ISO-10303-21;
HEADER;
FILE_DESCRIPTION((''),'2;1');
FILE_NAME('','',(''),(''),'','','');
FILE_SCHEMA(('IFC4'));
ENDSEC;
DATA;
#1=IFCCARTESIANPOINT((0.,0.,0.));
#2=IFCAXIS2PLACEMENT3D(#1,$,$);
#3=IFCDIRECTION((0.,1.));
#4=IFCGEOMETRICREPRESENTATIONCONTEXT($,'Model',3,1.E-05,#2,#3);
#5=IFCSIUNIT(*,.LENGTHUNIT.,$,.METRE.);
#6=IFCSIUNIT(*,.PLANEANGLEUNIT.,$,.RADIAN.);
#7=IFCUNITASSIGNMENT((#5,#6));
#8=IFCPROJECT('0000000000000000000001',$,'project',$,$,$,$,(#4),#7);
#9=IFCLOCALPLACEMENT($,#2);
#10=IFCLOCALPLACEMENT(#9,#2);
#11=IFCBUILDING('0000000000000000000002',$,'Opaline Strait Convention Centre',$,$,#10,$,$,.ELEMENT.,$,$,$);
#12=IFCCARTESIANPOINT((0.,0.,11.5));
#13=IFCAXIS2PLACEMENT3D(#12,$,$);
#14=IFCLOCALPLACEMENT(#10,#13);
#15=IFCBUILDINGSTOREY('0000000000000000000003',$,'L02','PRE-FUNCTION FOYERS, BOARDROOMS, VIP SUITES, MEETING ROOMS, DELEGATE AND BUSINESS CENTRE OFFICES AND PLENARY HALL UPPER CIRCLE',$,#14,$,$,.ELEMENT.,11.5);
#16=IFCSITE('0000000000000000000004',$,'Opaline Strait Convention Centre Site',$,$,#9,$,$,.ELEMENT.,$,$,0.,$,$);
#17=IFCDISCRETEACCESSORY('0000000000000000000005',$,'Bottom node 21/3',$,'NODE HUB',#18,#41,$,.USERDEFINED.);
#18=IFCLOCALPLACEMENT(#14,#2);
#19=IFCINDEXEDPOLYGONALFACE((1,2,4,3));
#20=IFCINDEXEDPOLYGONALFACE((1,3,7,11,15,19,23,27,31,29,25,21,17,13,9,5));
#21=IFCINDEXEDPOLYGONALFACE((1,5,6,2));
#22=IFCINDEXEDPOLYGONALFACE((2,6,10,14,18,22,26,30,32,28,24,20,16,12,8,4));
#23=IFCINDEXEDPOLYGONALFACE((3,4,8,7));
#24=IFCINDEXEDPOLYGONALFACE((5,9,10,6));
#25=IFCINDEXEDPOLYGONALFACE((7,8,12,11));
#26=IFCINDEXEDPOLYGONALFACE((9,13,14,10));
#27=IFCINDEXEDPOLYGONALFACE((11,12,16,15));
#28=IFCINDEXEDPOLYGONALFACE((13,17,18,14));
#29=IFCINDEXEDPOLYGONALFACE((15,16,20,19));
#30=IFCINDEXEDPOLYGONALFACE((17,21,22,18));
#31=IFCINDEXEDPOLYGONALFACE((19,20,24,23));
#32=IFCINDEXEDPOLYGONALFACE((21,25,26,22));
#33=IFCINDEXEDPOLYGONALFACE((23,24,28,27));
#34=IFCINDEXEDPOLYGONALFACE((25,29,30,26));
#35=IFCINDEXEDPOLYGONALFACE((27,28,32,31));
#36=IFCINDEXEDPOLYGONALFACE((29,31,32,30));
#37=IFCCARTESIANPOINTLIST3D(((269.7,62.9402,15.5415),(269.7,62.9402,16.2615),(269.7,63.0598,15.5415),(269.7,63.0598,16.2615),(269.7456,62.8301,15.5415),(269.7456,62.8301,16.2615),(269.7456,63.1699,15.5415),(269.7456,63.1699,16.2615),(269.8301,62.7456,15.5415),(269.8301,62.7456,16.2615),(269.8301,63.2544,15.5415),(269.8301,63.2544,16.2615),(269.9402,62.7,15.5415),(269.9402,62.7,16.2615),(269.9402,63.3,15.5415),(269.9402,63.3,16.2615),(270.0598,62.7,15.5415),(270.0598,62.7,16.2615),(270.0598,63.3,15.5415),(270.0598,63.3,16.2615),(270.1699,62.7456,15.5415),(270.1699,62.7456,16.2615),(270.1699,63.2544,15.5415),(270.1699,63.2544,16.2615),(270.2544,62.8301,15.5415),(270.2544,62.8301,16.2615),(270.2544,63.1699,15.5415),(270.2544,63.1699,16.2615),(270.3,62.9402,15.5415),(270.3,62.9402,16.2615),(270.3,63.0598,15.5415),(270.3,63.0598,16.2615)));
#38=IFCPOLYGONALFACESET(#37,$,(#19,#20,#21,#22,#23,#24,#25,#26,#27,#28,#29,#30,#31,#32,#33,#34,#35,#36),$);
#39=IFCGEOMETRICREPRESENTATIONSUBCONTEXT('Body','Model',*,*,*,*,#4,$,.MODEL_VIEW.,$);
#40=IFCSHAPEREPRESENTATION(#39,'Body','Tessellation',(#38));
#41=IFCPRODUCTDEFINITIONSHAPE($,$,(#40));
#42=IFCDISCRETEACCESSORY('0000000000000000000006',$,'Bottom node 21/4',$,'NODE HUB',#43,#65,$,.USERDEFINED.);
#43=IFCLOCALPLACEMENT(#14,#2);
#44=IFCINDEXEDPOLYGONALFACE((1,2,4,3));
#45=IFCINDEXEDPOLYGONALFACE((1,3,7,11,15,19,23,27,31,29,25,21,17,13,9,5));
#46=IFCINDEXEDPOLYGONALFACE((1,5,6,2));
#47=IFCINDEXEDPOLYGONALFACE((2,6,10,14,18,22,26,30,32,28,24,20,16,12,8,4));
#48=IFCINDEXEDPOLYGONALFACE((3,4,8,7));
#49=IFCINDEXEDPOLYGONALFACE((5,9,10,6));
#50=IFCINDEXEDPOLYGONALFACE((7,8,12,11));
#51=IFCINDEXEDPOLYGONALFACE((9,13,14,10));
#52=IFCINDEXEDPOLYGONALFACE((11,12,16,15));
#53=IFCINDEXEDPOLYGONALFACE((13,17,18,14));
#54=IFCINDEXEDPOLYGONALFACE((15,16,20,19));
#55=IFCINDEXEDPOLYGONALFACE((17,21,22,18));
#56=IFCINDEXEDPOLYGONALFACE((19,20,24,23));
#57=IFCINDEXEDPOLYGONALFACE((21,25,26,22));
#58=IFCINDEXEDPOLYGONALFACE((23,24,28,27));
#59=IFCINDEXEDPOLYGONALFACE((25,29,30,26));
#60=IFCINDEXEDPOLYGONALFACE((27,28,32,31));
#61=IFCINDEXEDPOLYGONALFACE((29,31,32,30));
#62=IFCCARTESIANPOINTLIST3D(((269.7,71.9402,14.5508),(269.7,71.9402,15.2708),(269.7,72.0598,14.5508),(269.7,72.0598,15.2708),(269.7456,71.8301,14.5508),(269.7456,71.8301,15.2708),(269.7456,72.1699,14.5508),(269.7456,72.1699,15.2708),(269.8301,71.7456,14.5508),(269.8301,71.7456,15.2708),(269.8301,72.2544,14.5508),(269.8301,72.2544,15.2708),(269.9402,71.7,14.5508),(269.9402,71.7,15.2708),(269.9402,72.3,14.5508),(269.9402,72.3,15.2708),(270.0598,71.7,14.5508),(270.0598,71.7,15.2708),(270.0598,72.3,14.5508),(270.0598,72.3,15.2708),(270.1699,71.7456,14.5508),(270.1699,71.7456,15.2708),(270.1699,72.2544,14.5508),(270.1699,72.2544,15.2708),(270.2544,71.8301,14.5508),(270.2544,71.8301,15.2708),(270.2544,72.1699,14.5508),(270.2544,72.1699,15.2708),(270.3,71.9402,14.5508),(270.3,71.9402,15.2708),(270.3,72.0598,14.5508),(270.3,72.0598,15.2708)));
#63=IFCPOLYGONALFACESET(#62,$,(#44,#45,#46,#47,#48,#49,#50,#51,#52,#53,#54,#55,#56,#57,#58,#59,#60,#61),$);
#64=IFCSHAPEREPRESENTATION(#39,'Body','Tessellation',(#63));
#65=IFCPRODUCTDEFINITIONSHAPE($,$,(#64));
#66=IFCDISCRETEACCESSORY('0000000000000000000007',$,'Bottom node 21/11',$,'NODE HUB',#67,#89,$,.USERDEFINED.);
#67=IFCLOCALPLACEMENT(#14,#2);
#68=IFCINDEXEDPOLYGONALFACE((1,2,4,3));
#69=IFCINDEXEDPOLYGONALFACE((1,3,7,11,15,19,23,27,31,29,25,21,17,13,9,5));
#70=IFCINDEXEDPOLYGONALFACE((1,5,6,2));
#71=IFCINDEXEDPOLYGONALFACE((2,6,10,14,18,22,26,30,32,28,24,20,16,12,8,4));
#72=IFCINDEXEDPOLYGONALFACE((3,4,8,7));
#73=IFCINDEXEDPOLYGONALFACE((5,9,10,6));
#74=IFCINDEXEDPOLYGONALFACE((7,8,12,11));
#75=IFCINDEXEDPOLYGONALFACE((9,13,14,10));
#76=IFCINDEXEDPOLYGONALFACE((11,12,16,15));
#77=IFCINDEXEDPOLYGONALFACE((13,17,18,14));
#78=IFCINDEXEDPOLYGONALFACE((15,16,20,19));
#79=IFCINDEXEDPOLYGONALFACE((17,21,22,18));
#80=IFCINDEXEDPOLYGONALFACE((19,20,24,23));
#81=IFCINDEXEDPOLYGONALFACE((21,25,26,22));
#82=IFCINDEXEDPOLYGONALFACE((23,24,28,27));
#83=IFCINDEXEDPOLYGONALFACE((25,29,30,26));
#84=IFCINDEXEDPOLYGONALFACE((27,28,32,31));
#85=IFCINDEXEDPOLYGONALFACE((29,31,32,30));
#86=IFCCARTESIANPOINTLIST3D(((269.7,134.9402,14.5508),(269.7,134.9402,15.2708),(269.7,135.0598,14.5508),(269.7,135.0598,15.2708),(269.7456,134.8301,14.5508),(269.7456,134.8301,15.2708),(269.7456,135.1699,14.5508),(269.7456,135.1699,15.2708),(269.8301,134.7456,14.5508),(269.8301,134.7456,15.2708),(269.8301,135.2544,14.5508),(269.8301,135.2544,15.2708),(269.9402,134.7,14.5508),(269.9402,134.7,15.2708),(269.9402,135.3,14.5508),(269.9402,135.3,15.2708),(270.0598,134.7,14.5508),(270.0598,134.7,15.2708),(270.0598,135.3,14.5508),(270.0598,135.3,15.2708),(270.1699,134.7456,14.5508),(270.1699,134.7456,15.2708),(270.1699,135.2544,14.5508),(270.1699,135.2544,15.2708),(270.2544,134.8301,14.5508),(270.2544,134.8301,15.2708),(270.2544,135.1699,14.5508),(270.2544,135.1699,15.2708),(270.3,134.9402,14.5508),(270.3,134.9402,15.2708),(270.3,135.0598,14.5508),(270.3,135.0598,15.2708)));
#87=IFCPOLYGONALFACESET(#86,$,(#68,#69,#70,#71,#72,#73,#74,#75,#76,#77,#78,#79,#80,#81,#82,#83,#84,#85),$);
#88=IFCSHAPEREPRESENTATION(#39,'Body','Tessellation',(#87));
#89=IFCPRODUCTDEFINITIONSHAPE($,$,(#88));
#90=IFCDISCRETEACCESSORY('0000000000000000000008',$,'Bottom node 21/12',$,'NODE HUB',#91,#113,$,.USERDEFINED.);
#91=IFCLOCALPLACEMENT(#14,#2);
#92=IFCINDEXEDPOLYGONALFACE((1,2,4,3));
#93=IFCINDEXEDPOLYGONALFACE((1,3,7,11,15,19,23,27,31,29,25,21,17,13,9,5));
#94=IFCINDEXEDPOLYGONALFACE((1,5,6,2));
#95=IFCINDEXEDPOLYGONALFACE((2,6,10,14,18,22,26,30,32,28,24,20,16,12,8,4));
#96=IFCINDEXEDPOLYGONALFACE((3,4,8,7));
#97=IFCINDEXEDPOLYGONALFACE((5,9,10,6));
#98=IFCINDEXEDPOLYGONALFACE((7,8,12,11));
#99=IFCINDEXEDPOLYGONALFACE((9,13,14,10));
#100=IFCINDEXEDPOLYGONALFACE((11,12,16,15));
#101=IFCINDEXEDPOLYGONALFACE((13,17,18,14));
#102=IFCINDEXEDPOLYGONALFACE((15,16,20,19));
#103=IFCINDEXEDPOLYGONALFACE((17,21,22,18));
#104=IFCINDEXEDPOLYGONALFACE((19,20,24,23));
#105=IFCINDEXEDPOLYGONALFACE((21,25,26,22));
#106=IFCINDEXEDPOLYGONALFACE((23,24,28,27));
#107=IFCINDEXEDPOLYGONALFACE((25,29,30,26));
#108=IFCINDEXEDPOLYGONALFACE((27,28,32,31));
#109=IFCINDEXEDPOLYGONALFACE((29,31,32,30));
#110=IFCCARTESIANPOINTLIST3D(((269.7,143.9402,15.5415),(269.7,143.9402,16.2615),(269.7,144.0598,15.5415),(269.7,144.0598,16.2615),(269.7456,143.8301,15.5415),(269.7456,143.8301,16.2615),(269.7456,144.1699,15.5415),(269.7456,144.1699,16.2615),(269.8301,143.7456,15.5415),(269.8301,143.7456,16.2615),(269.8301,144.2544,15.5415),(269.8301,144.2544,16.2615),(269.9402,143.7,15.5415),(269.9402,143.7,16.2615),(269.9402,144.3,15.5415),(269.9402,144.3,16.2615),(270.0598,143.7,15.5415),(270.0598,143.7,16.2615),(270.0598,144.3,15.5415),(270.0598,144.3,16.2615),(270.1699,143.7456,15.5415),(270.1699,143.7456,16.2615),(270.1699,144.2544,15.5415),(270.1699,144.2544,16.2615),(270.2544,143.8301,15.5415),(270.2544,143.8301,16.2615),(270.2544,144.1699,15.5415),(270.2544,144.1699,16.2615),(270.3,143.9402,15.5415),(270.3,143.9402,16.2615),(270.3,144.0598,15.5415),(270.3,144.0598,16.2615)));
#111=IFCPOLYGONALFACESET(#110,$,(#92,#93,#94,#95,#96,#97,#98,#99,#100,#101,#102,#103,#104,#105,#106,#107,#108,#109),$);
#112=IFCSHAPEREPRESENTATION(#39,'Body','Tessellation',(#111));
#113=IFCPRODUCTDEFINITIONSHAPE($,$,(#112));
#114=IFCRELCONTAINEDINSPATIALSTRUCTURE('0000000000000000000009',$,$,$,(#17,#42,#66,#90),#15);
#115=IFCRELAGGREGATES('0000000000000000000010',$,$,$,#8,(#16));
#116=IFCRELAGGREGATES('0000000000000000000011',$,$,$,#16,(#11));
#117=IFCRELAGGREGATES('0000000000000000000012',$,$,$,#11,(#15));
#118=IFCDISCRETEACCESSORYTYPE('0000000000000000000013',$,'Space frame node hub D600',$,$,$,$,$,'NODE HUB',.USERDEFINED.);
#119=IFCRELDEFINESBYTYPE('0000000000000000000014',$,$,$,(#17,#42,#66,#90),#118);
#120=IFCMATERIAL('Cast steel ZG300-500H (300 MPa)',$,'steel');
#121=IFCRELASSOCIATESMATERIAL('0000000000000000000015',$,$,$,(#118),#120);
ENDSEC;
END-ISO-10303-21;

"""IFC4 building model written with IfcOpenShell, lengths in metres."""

from ifc_helpers import new_model, si_unit, direction, frame, origin, place, context, subcontext, project, spatial, polyline, outline, extrude, material, type_object, element, save


model = new_model("IFC4")

# Units and contexts
model_context = context("Model", 3, precision=1e-05, world=origin(), true_north=direction((0.0, 1.0)))
body_context = subcontext(model_context, "Body", "Model", "MODEL_VIEW")
ifc_project = project(units=[si_unit("LENGTHUNIT", "METRE"), si_unit("PLANEANGLEUNIT", "RADIAN")], contexts=[model_context])

# Site, building, storey
site_placement = place(None, origin())
site = spatial("IfcSite", under=ifc_project, at=site_placement, Name="Opaline Strait Convention Centre Site", CompositionType="ELEMENT", RefElevation=0.0)
building_placement = place(site_placement, origin())
building = spatial("IfcBuilding", under=site, at=building_placement, Name="Opaline Strait Convention Centre", CompositionType="ELEMENT")
storey_placement = place(building_placement, frame((0.0, 0.0, 11.5)))
storey = spatial("IfcBuildingStorey", under=building, at=storey_placement, Name="L02", Description="PRE-FUNCTION FOYERS, BOARDROOMS, VIP SUITES, MEETING ROOMS, DELEGATE AND BUSINESS CENTRE OFFICES AND PLENARY HALL UPPER CIRCLE", CompositionType="ELEMENT", Elevation=11.5)

# Discrete accessories
ifc_material = material(Name="Cast steel ZG300-500H (300 MPa)", Category="steel")
discrete_accessory_type_1 = type_object("IfcDiscreteAccessoryType", Name="Space frame node hub D600", ElementType="NODE HUB", PredefinedType="USERDEFINED", material=ifc_material)
discrete_accessory_1_placement = place(storey_placement, frame((0.0, 0.0, 15.5415)))
element("IfcDiscreteAccessory", 1, at=discrete_accessory_1_placement, inside=storey, type_object=discrete_accessory_type_1, Name="Bottom node 21/3", ObjectType="NODE HUB", PredefinedType="USERDEFINED", context=body_context, shape_type="SweptSolid", body=[
    extrude(outline(polyline([(270.3, 63.0598), (270.2544, 63.1699), (270.1699, 63.2544), (270.0598, 63.3), (269.9402, 63.3), (269.8301, 63.2544), (269.7456, 63.1699), (269.7, 63.0598), (269.7, 62.9402), (269.7456, 62.8301), (269.8301, 62.7456), (269.9402, 62.7), (270.0598, 62.7), (270.1699, 62.7456), (270.2544, 62.8301), (270.3, 62.9402), (270.3, 63.0598)])), origin(), (0.0, 0.0, 1.0), 0.72),
])
discrete_accessory_2_placement = place(storey_placement, frame((0.0, 0.0, 14.5508)))
element("IfcDiscreteAccessory", 2, at=discrete_accessory_2_placement, inside=storey, type_object=discrete_accessory_type_1, Name="Bottom node 21/4", ObjectType="NODE HUB", PredefinedType="USERDEFINED", context=body_context, shape_type="SweptSolid", body=[
    extrude(outline(polyline([(270.3, 72.0598), (270.2544, 72.1699), (270.1699, 72.2544), (270.0598, 72.3), (269.9402, 72.3), (269.8301, 72.2544), (269.7456, 72.1699), (269.7, 72.0598), (269.7, 71.9402), (269.7456, 71.8301), (269.8301, 71.7456), (269.9402, 71.7), (270.0598, 71.7), (270.1699, 71.7456), (270.2544, 71.8301), (270.3, 71.9402), (270.3, 72.0598)])), origin(), (0.0, 0.0, 1.0), 0.72),
])
discrete_accessory_3_placement = place(storey_placement, frame((0.0, 0.0, 14.5508)))
element("IfcDiscreteAccessory", 3, at=discrete_accessory_3_placement, inside=storey, type_object=discrete_accessory_type_1, Name="Bottom node 21/11", ObjectType="NODE HUB", PredefinedType="USERDEFINED", context=body_context, shape_type="SweptSolid", body=[
    extrude(outline(polyline([(270.3, 135.0598), (270.2544, 135.1699), (270.1699, 135.2544), (270.0598, 135.3), (269.9402, 135.3), (269.8301, 135.2544), (269.7456, 135.1699), (269.7, 135.0598), (269.7, 134.9402), (269.7456, 134.8301), (269.8301, 134.7456), (269.9402, 134.7), (270.0598, 134.7), (270.1699, 134.7456), (270.2544, 134.8301), (270.3, 134.9402), (270.3, 135.0598)])), origin(), (0.0, 0.0, 1.0), 0.72),
])
discrete_accessory_4_placement = place(storey_placement, frame((0.0, 0.0, 15.5415)))
element("IfcDiscreteAccessory", 4, at=discrete_accessory_4_placement, inside=storey, type_object=discrete_accessory_type_1, Name="Bottom node 21/12", ObjectType="NODE HUB", PredefinedType="USERDEFINED", context=body_context, shape_type="SweptSolid", body=[
    extrude(outline(polyline([(270.3, 144.0598), (270.2544, 144.1699), (270.1699, 144.2544), (270.0598, 144.3), (269.9402, 144.3), (269.8301, 144.2544), (269.7456, 144.1699), (269.7, 144.0598), (269.7, 143.9402), (269.7456, 143.8301), (269.8301, 143.7456), (269.9402, 143.7), (270.0598, 143.7), (270.1699, 143.7456), (270.2544, 143.8301), (270.3, 143.9402), (270.3, 144.0598)])), origin(), (0.0, 0.0, 1.0), 0.72),
])

save(model, "model.ifc")
